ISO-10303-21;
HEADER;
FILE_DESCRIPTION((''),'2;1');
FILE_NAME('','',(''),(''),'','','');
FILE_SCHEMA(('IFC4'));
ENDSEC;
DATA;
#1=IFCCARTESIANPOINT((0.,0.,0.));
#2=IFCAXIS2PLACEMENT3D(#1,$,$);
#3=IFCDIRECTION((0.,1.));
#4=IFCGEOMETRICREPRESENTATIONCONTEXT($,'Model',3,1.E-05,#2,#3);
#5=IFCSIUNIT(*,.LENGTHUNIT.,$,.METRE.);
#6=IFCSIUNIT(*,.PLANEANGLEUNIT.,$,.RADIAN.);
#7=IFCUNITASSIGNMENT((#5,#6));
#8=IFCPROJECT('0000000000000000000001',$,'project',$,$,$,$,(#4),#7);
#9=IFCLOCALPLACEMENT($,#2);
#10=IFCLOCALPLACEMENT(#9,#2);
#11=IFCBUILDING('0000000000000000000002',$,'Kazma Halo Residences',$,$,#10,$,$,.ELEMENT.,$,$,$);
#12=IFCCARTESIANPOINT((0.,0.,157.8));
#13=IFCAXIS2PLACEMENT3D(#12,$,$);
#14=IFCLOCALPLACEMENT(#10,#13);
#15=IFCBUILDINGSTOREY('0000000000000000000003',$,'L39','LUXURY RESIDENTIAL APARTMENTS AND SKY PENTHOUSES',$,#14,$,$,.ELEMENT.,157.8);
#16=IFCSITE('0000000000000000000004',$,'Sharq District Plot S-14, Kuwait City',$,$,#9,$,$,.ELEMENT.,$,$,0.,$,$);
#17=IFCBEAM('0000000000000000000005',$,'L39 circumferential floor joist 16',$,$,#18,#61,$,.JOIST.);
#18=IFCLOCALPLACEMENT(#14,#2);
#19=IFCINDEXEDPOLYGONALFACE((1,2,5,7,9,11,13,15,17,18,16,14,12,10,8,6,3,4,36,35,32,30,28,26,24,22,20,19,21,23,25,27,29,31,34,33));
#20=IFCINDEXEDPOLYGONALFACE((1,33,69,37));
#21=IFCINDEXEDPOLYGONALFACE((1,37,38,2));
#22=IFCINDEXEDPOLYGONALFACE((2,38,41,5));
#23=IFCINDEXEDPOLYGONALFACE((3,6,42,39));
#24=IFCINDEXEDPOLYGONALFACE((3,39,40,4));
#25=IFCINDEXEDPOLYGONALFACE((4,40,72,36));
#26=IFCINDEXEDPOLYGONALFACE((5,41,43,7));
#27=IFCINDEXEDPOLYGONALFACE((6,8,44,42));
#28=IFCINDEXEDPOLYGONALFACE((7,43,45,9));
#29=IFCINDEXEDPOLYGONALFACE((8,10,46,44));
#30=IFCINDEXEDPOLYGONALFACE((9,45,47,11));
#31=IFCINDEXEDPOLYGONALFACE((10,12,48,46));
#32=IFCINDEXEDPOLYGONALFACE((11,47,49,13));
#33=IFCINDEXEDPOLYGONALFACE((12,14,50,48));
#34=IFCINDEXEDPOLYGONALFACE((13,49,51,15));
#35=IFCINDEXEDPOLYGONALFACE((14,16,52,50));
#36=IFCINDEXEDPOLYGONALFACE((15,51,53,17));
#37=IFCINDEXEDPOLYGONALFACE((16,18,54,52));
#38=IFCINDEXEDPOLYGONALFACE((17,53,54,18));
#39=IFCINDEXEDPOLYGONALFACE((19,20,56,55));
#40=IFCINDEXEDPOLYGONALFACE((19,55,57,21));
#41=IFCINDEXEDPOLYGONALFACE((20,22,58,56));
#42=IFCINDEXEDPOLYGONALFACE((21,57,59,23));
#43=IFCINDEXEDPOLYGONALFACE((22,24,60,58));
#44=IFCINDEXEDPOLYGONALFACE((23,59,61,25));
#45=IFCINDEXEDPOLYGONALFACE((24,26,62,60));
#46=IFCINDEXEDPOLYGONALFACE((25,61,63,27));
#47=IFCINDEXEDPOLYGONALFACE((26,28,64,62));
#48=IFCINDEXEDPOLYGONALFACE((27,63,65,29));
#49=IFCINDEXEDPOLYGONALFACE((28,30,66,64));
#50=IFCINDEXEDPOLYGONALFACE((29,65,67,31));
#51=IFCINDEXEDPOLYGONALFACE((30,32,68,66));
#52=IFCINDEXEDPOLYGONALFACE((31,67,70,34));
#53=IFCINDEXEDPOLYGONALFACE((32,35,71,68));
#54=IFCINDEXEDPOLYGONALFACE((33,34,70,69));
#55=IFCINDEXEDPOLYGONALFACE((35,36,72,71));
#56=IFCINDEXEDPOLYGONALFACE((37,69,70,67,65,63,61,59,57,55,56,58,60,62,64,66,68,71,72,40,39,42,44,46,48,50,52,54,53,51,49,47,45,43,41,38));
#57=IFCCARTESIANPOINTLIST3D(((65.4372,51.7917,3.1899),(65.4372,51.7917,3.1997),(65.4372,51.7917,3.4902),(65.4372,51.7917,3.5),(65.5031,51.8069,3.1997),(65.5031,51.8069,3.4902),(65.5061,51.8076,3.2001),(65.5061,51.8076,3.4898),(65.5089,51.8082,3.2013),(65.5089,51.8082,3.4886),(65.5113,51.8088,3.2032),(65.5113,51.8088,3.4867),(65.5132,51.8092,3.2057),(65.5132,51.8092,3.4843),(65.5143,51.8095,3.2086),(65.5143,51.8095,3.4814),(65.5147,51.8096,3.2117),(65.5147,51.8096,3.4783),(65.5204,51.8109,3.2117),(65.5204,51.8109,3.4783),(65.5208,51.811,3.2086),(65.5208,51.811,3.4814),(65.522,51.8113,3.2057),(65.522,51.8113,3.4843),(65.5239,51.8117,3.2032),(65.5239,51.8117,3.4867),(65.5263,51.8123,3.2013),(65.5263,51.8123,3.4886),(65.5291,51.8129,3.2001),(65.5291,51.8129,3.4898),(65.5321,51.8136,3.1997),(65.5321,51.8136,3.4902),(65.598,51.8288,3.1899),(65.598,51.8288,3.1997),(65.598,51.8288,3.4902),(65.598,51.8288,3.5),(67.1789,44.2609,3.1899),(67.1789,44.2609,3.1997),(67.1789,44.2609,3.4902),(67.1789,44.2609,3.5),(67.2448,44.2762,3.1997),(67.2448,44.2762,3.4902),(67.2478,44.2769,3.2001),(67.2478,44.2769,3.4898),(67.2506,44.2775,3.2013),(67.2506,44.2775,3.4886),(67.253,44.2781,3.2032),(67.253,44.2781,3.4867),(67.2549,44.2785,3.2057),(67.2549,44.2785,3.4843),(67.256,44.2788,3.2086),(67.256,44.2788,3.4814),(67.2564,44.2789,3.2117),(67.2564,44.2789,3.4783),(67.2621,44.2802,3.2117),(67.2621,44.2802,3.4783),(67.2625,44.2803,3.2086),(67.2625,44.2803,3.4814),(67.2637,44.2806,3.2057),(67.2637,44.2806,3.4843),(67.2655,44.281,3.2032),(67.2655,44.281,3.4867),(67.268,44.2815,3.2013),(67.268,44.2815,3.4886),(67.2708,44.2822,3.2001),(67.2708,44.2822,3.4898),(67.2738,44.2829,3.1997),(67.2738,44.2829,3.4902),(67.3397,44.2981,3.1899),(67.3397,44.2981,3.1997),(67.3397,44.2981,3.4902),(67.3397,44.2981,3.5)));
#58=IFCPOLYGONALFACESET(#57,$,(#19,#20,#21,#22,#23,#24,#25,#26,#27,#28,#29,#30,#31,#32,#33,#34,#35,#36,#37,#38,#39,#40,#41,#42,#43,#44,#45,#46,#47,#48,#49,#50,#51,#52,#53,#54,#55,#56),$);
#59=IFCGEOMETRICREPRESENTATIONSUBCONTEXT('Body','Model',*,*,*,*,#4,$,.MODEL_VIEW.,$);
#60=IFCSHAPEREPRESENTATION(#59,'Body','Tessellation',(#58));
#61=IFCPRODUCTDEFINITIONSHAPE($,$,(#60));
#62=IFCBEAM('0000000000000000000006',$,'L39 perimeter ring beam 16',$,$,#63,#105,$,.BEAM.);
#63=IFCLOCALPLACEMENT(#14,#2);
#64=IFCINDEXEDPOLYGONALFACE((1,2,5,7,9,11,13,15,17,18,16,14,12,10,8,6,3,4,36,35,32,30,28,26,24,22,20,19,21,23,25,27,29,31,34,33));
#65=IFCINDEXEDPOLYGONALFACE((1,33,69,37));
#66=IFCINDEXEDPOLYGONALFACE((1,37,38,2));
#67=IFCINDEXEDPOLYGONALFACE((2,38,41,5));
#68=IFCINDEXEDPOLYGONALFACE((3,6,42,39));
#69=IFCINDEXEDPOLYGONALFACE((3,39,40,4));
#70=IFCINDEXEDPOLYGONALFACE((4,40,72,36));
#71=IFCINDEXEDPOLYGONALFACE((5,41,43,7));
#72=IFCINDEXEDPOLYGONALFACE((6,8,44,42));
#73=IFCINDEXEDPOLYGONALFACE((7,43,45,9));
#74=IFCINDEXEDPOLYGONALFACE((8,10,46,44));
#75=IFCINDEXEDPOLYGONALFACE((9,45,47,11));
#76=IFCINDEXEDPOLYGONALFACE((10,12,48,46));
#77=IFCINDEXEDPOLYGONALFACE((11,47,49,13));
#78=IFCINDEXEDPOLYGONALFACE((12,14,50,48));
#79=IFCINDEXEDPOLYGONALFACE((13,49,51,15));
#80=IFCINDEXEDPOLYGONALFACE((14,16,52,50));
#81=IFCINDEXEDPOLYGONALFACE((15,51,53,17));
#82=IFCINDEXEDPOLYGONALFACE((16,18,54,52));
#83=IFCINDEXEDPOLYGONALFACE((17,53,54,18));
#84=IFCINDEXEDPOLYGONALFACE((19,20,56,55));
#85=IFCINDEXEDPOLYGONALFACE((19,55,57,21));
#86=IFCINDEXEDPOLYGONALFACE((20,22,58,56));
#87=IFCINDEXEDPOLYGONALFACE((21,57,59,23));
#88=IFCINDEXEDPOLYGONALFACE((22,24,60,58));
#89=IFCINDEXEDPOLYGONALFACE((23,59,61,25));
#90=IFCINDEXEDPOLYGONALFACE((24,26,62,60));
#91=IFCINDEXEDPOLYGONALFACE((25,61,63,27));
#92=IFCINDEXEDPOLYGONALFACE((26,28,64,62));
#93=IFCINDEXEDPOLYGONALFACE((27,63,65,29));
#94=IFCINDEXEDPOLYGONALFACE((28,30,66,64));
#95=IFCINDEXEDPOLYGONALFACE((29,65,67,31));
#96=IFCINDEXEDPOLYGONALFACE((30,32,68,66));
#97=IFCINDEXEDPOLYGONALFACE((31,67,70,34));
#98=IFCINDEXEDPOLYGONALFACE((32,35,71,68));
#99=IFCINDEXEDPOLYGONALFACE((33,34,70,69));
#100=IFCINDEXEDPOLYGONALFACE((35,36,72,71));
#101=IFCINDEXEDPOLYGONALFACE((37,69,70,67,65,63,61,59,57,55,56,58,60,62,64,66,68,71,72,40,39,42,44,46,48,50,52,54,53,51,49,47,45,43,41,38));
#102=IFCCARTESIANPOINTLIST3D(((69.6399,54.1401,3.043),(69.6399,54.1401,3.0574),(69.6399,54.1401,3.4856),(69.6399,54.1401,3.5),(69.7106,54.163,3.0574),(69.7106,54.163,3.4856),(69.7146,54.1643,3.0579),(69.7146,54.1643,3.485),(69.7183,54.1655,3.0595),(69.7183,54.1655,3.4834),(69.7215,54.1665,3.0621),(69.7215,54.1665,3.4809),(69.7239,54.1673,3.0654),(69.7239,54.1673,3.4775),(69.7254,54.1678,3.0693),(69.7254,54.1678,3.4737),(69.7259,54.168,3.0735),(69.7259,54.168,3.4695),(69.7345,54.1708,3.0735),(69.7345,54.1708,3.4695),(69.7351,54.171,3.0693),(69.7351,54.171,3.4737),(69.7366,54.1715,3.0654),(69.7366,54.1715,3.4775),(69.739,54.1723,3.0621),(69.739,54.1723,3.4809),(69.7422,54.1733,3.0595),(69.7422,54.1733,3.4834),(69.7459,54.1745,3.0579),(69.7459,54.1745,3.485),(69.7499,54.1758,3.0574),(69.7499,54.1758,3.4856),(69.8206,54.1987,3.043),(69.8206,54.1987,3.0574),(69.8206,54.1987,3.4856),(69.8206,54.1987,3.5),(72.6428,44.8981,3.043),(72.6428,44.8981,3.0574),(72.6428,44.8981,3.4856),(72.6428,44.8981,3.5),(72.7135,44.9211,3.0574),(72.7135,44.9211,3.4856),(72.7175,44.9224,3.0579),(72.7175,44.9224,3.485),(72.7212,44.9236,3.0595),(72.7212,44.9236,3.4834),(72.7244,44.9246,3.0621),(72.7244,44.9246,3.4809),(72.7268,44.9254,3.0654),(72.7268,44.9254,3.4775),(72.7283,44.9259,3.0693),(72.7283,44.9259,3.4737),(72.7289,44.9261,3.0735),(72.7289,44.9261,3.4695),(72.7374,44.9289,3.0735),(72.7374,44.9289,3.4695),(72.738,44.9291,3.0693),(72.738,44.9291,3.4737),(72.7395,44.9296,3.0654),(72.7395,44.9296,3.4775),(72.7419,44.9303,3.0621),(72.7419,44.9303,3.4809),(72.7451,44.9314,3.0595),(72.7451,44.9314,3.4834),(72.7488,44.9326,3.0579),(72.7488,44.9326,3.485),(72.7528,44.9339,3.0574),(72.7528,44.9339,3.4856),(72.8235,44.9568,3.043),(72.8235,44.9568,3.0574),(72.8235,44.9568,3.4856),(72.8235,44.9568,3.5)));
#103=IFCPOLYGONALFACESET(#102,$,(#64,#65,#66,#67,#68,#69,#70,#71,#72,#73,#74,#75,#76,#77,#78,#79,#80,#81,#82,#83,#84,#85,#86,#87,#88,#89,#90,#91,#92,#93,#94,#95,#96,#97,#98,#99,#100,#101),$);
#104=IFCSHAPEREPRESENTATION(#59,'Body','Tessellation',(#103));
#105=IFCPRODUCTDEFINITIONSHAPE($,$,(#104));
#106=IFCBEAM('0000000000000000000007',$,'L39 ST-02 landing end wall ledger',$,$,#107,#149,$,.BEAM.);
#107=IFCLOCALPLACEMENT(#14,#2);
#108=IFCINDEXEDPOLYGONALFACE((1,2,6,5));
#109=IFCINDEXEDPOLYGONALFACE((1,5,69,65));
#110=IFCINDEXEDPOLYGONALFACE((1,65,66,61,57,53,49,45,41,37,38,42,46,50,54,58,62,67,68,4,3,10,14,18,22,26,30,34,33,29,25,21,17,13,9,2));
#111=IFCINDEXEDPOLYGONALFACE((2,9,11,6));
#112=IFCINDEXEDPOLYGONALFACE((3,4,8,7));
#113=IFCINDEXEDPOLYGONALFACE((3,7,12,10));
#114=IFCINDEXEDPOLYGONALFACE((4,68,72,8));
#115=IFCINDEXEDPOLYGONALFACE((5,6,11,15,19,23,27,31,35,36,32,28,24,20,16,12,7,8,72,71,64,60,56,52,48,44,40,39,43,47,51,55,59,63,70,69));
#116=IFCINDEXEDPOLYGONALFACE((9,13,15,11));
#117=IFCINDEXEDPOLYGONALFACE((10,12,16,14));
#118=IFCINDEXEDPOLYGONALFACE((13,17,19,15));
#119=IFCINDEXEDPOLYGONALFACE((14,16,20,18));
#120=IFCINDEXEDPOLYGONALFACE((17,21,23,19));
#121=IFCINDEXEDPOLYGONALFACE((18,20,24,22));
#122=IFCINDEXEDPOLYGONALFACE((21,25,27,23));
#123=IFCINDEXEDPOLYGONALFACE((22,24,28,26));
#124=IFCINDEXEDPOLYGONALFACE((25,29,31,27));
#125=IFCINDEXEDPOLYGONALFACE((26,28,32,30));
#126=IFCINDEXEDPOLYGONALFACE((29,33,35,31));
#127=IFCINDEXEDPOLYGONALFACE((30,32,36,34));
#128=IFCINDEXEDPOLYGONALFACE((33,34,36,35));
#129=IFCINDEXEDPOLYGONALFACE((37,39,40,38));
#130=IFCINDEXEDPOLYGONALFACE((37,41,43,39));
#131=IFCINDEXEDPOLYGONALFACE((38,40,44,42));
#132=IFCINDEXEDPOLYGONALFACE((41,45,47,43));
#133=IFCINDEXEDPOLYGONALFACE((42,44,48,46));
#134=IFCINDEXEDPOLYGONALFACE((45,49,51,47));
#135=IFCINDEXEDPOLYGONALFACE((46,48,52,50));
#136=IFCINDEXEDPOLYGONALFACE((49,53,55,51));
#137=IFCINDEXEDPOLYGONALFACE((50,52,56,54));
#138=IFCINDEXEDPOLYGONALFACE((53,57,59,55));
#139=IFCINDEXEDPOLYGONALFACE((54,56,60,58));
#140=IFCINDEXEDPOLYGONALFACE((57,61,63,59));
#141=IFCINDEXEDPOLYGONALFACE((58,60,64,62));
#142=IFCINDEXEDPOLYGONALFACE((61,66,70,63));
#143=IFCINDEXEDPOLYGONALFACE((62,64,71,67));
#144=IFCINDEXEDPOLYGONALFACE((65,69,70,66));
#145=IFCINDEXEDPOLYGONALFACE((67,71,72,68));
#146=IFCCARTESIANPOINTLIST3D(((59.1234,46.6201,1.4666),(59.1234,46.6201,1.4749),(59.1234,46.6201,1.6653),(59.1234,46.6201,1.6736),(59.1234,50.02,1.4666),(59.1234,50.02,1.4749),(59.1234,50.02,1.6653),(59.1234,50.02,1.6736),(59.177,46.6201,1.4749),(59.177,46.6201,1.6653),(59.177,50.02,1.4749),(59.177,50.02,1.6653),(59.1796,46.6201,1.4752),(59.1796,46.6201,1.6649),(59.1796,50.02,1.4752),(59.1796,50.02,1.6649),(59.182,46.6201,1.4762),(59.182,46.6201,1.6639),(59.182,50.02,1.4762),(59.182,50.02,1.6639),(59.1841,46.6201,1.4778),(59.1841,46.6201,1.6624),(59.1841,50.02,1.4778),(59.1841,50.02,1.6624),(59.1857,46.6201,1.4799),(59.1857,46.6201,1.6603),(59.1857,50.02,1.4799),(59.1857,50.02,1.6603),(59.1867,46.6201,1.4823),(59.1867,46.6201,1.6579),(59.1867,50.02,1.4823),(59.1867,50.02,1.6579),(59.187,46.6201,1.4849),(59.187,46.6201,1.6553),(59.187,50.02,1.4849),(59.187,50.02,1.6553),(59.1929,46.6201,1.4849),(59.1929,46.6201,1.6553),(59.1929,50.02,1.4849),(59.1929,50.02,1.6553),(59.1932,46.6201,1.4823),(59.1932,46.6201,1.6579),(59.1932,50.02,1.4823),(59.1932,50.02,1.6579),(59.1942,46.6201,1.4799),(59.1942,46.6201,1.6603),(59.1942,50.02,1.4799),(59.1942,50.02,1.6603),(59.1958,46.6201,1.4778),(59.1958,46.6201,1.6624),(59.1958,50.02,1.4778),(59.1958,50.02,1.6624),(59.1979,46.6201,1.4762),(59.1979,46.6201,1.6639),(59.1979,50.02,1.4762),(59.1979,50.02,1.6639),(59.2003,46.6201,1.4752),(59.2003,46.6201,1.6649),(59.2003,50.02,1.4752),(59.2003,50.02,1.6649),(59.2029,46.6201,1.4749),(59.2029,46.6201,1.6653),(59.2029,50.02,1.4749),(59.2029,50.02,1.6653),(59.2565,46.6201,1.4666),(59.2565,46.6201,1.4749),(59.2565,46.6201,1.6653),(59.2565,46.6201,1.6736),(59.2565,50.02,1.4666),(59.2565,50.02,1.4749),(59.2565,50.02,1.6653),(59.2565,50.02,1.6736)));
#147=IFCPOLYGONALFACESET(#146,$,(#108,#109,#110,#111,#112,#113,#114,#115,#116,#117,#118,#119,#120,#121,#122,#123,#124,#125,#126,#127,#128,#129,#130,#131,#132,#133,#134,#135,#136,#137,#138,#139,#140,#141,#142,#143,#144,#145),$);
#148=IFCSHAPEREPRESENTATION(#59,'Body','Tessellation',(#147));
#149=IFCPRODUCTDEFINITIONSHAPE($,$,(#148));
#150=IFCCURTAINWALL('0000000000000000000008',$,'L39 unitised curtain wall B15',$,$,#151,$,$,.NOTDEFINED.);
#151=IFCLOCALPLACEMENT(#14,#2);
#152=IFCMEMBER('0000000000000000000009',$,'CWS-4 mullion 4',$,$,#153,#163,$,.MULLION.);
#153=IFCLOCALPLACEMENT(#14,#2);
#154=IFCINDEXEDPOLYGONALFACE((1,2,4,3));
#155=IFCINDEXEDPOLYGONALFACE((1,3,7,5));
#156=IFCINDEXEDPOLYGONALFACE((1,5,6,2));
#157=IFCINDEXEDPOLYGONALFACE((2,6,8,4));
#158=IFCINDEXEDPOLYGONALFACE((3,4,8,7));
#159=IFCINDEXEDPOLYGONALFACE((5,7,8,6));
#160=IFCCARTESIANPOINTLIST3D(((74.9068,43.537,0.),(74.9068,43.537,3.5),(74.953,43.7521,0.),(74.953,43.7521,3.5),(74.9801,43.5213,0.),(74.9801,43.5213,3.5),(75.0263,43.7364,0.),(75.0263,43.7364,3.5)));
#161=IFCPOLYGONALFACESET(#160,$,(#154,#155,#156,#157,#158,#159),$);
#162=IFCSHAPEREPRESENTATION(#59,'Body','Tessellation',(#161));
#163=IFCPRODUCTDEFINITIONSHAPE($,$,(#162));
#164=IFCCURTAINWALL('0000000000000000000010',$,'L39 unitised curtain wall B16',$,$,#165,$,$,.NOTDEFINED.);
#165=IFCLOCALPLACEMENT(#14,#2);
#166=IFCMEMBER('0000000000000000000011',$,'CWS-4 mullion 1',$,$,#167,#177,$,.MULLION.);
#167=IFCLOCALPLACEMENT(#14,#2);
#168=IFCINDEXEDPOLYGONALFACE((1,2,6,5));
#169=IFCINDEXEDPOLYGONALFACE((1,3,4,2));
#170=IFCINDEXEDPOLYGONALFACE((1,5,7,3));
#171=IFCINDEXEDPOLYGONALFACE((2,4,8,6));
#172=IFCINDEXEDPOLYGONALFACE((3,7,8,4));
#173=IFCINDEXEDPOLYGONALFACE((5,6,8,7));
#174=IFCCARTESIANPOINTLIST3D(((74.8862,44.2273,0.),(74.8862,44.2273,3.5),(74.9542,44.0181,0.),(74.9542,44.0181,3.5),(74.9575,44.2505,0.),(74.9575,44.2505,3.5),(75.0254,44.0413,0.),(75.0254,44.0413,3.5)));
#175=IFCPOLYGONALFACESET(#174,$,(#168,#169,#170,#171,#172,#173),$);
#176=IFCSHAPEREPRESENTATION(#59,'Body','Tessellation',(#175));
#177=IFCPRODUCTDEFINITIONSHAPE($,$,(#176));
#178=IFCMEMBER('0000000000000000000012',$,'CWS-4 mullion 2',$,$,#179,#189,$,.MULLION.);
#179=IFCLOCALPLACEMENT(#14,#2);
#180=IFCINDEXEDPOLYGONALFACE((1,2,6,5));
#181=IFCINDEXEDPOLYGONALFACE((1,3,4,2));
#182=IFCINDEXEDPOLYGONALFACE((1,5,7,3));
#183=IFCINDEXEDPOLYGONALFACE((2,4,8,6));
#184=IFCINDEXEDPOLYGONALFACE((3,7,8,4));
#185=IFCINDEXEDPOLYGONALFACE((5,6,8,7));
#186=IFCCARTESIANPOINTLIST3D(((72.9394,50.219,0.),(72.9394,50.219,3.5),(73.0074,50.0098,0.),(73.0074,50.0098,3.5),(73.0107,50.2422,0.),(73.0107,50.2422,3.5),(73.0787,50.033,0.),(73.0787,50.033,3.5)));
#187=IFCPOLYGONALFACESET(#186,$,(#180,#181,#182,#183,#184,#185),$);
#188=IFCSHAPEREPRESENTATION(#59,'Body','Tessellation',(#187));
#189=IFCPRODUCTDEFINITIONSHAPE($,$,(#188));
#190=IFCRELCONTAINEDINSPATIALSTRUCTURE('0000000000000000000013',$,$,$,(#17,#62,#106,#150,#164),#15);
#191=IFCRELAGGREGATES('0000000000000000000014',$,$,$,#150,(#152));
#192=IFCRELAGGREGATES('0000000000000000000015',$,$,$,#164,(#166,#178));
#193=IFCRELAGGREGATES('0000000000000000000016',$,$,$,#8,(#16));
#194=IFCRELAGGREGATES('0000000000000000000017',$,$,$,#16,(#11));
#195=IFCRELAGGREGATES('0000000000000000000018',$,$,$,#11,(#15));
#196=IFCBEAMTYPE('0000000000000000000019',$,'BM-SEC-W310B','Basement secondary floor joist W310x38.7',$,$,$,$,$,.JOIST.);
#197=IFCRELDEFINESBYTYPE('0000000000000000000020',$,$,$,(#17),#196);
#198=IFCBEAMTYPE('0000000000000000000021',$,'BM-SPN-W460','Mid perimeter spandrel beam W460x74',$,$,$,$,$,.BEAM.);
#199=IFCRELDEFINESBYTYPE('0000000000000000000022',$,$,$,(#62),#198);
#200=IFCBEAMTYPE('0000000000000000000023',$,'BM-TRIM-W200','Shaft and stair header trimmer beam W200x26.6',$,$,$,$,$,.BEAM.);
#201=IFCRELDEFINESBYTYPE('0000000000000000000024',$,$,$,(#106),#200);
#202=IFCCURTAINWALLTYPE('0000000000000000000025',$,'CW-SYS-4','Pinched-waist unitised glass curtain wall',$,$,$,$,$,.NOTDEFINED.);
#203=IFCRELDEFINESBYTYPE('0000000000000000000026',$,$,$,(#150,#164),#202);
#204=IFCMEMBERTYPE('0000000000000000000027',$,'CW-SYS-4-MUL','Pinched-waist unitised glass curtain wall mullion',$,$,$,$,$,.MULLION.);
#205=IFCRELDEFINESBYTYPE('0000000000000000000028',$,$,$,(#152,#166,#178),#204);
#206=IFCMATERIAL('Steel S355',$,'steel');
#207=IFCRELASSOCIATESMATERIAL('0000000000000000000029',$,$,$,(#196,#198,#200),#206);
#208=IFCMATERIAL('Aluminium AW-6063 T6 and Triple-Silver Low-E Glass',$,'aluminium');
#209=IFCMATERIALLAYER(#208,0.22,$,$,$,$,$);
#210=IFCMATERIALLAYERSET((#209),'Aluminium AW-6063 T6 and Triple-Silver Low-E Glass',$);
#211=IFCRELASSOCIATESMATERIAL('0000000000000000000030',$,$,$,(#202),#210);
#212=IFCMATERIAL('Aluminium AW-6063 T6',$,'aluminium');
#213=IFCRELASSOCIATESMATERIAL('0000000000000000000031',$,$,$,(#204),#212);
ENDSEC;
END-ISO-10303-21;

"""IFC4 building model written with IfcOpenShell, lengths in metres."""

from ifc_helpers import new_model, si_unit, direction, frame, origin, origin_2d, place, context, subcontext, project, spatial, rectangle, i_section, extrude, material, layer, layer_set, material_profile, profile_set, type_object, element, aggregate, save


model = new_model("IFC4")

# Units and contexts
model_context = context("Model", 3, precision=1e-05, world=origin(), true_north=direction((0.0, 1.0)))
body_context = subcontext(model_context, "Body", "Model", "MODEL_VIEW")
ifc_project = project(units=[si_unit("LENGTHUNIT", "METRE"), si_unit("PLANEANGLEUNIT", "RADIAN")], contexts=[model_context])

# Site, building, storey
site_placement = place(None, origin())
site = spatial("IfcSite", under=ifc_project, at=site_placement, Name="Sharq District Plot S-14, Kuwait City", CompositionType="ELEMENT", RefElevation=0.0)
building_placement = place(site_placement, origin())
building = spatial("IfcBuilding", under=site, at=building_placement, Name="Kazma Halo Residences", CompositionType="ELEMENT")
storey_placement = place(building_placement, frame((0.0, 0.0, 157.8)))
storey = spatial("IfcBuildingStorey", under=building, at=storey_placement, Name="L39", Description="LUXURY RESIDENTIAL APARTMENTS AND SKY PENTHOUSES", CompositionType="ELEMENT", Elevation=157.8)

# Beams
ifc_material_1 = material(Name="Steel S355", Category="steel")
ifc_material_profile_1 = material_profile(ifc_material_1, i_section(OverallWidth=0.165, OverallDepth=0.3101, WebThickness=0.0059, FlangeThickness=0.0098, FilletRadius=0.012, at=origin_2d()), Name="W310x38.7")
ifc_profile_set_1 = profile_set([ifc_material_profile_1], Name="Steel S355")
beam_type_1 = type_object("IfcBeamType", Name="BM-SEC-W310B", Description="Basement secondary floor joist W310x38.7", PredefinedType="JOIST", material=ifc_profile_set_1)
beam_1_placement = place(storey_placement, frame((67.2593, 44.2795, 3.345), z_axis=(-0.22533, 0.974282, 0.0), x_axis=(-0.974282, -0.22533, 0.0)))
element("IfcBeam", 1, at=beam_1_placement, inside=storey, type_object=beam_type_1, Name="L39 circumferential floor joist 16", PredefinedType="JOIST", context=body_context, shape_type="SweptSolid", body=[
    extrude(i_section(OverallWidth=0.165, OverallDepth=0.3101, WebThickness=0.0059, FlangeThickness=0.0098, FilletRadius=0.012, at=origin_2d()), origin(), (0.0, 0.0, 1.0), 7.7295),
])
ifc_material_profile_2 = material_profile(ifc_material_1, i_section(OverallWidth=0.1899, OverallDepth=0.457, WebThickness=0.009, FlangeThickness=0.0144, FilletRadius=0.0161, at=origin_2d()), Name="W460x74")
ifc_profile_set_2 = profile_set([ifc_material_profile_2], Name="Steel S355")
beam_type_2 = type_object("IfcBeamType", Name="BM-SPN-W460", Description="Mid perimeter spandrel beam W460x74", PredefinedType="BEAM", material=ifc_profile_set_2)
beam_2_placement = place(storey_placement, frame((72.7332, 44.9275, 3.2715), z_axis=(-0.309021, 0.951055, 0.0), x_axis=(-0.951055, -0.309021, 0.0)))
element("IfcBeam", 2, at=beam_2_placement, inside=storey, type_object=beam_type_2, Name="L39 perimeter ring beam 16", PredefinedType="BEAM", context=body_context, shape_type="SweptSolid", body=[
    extrude(i_section(OverallWidth=0.1899, OverallDepth=0.457, WebThickness=0.009, FlangeThickness=0.0144, FilletRadius=0.0161, at=origin_2d()), origin(), (0.0, 0.0, 1.0), 9.7175),
])
ifc_material_profile_3 = material_profile(ifc_material_1, i_section(OverallWidth=0.1331, OverallDepth=0.207, WebThickness=0.0059, FlangeThickness=0.0083, FilletRadius=0.01, at=origin_2d()), Name="W200x26.6")
ifc_profile_set_3 = profile_set([ifc_material_profile_3], Name="Steel S355")
beam_type_3 = type_object("IfcBeamType", Name="BM-TRIM-W200", Description="Shaft and stair header trimmer beam W200x26.6", PredefinedType="BEAM", material=ifc_profile_set_3)
beam_3_placement = place(storey_placement, frame((59.1899, 46.6201, 1.5701), z_axis=(0.0, 1.0, 0.0), x_axis=(-1.0, 0.0, 0.0)))
element("IfcBeam", 3, at=beam_3_placement, inside=storey, type_object=beam_type_3, Name="L39 ST-02 landing end wall ledger", PredefinedType="BEAM", context=body_context, shape_type="SweptSolid", body=[
    extrude(i_section(OverallWidth=0.1331, OverallDepth=0.207, WebThickness=0.0059, FlangeThickness=0.0083, FilletRadius=0.01, at=origin_2d()), origin(), (0.0, 0.0, 1.0), 3.3999),
])

# Curtain wall, member
ifc_material_2 = material(Name="Aluminium AW-6063 T6 and Triple-Silver Low-E Glass", Category="aluminium")
ifc_layer_1 = layer(ifc_material_2, 0.22)
ifc_layer_set_1 = layer_set([ifc_layer_1], Name="Aluminium AW-6063 T6 and Triple-Silver Low-E Glass")
curtain_wall_type = type_object("IfcCurtainWallType", Name="CW-SYS-4", Description="Pinched-waist unitised glass curtain wall", PredefinedType="NOTDEFINED", material=ifc_layer_set_1)
curtain_wall_1_placement = place(storey_placement, origin())
curtain_wall_1 = element("IfcCurtainWall", 4, at=curtain_wall_1_placement, inside=storey, type_object=curtain_wall_type, Name="L39 unitised curtain wall B15", PredefinedType="NOTDEFINED")
ifc_material_3 = material(Name="Aluminium AW-6063 T6", Category="aluminium")
ifc_material_profile_4 = material_profile(ifc_material_3, rectangle(XDim=0.075, YDim=0.22, at=origin_2d()), Name="CWM-75x220")
ifc_profile_set_4 = profile_set([ifc_material_profile_4], Name="Aluminium AW-6063 T6")
member_type_1 = type_object("IfcMemberType", Name="CW-SYS-4-MUL", Description="Pinched-waist unitised glass curtain wall mullion", PredefinedType="MULLION", material=ifc_profile_set_4)
member_1_placement = place(storey_placement, frame((74.9666, 43.6367, 0.0), z_axis=(0.0, 0.0, 1.0), x_axis=(-0.977765, 0.209704, 0.0)))
member_1 = element("IfcMember", 5, at=member_1_placement, type_object=member_type_1, Name="CWS-4 mullion 4", PredefinedType="MULLION", context=body_context, shape_type="SweptSolid", body=[
    extrude(rectangle(XDim=0.075, YDim=0.22, at=origin_2d()), origin(), (0.0, 0.0, 1.0), 3.5),
])
aggregate(curtain_wall_1, [member_1])

# Curtain wall, members
curtain_wall_2_placement = place(storey_placement, origin())
curtain_wall_2 = element("IfcCurtainWall", 6, at=curtain_wall_2_placement, inside=storey, type_object=curtain_wall_type, Name="L39 unitised curtain wall B16", PredefinedType="NOTDEFINED")
member_2_placement = place(storey_placement, frame((74.9558, 44.1343, 0.0), z_axis=(0.0, 0.0, 1.0), x_axis=(-0.951058, -0.309014, 0.0)))
member_2 = element("IfcMember", 7, at=member_2_placement, type_object=member_type_1, Name="CWS-4 mullion 1", PredefinedType="MULLION", context=body_context, shape_type="SweptSolid", body=[
    extrude(rectangle(XDim=0.075, YDim=0.22, at=origin_2d()), origin(), (0.0, 0.0, 1.0), 3.5),
])
member_3_placement = place(storey_placement, frame((73.009, 50.126, 0.0), z_axis=(0.0, 0.0, 1.0), x_axis=(-0.951058, -0.309014, 0.0)))
member_3 = element("IfcMember", 8, at=member_3_placement, type_object=member_type_1, Name="CWS-4 mullion 2", PredefinedType="MULLION", context=body_context, shape_type="SweptSolid", body=[
    extrude(rectangle(XDim=0.075, YDim=0.22, at=origin_2d()), origin(), (0.0, 0.0, 1.0), 3.5),
])
aggregate(curtain_wall_2, [member_2, member_3])

save(model, "model.ifc")
